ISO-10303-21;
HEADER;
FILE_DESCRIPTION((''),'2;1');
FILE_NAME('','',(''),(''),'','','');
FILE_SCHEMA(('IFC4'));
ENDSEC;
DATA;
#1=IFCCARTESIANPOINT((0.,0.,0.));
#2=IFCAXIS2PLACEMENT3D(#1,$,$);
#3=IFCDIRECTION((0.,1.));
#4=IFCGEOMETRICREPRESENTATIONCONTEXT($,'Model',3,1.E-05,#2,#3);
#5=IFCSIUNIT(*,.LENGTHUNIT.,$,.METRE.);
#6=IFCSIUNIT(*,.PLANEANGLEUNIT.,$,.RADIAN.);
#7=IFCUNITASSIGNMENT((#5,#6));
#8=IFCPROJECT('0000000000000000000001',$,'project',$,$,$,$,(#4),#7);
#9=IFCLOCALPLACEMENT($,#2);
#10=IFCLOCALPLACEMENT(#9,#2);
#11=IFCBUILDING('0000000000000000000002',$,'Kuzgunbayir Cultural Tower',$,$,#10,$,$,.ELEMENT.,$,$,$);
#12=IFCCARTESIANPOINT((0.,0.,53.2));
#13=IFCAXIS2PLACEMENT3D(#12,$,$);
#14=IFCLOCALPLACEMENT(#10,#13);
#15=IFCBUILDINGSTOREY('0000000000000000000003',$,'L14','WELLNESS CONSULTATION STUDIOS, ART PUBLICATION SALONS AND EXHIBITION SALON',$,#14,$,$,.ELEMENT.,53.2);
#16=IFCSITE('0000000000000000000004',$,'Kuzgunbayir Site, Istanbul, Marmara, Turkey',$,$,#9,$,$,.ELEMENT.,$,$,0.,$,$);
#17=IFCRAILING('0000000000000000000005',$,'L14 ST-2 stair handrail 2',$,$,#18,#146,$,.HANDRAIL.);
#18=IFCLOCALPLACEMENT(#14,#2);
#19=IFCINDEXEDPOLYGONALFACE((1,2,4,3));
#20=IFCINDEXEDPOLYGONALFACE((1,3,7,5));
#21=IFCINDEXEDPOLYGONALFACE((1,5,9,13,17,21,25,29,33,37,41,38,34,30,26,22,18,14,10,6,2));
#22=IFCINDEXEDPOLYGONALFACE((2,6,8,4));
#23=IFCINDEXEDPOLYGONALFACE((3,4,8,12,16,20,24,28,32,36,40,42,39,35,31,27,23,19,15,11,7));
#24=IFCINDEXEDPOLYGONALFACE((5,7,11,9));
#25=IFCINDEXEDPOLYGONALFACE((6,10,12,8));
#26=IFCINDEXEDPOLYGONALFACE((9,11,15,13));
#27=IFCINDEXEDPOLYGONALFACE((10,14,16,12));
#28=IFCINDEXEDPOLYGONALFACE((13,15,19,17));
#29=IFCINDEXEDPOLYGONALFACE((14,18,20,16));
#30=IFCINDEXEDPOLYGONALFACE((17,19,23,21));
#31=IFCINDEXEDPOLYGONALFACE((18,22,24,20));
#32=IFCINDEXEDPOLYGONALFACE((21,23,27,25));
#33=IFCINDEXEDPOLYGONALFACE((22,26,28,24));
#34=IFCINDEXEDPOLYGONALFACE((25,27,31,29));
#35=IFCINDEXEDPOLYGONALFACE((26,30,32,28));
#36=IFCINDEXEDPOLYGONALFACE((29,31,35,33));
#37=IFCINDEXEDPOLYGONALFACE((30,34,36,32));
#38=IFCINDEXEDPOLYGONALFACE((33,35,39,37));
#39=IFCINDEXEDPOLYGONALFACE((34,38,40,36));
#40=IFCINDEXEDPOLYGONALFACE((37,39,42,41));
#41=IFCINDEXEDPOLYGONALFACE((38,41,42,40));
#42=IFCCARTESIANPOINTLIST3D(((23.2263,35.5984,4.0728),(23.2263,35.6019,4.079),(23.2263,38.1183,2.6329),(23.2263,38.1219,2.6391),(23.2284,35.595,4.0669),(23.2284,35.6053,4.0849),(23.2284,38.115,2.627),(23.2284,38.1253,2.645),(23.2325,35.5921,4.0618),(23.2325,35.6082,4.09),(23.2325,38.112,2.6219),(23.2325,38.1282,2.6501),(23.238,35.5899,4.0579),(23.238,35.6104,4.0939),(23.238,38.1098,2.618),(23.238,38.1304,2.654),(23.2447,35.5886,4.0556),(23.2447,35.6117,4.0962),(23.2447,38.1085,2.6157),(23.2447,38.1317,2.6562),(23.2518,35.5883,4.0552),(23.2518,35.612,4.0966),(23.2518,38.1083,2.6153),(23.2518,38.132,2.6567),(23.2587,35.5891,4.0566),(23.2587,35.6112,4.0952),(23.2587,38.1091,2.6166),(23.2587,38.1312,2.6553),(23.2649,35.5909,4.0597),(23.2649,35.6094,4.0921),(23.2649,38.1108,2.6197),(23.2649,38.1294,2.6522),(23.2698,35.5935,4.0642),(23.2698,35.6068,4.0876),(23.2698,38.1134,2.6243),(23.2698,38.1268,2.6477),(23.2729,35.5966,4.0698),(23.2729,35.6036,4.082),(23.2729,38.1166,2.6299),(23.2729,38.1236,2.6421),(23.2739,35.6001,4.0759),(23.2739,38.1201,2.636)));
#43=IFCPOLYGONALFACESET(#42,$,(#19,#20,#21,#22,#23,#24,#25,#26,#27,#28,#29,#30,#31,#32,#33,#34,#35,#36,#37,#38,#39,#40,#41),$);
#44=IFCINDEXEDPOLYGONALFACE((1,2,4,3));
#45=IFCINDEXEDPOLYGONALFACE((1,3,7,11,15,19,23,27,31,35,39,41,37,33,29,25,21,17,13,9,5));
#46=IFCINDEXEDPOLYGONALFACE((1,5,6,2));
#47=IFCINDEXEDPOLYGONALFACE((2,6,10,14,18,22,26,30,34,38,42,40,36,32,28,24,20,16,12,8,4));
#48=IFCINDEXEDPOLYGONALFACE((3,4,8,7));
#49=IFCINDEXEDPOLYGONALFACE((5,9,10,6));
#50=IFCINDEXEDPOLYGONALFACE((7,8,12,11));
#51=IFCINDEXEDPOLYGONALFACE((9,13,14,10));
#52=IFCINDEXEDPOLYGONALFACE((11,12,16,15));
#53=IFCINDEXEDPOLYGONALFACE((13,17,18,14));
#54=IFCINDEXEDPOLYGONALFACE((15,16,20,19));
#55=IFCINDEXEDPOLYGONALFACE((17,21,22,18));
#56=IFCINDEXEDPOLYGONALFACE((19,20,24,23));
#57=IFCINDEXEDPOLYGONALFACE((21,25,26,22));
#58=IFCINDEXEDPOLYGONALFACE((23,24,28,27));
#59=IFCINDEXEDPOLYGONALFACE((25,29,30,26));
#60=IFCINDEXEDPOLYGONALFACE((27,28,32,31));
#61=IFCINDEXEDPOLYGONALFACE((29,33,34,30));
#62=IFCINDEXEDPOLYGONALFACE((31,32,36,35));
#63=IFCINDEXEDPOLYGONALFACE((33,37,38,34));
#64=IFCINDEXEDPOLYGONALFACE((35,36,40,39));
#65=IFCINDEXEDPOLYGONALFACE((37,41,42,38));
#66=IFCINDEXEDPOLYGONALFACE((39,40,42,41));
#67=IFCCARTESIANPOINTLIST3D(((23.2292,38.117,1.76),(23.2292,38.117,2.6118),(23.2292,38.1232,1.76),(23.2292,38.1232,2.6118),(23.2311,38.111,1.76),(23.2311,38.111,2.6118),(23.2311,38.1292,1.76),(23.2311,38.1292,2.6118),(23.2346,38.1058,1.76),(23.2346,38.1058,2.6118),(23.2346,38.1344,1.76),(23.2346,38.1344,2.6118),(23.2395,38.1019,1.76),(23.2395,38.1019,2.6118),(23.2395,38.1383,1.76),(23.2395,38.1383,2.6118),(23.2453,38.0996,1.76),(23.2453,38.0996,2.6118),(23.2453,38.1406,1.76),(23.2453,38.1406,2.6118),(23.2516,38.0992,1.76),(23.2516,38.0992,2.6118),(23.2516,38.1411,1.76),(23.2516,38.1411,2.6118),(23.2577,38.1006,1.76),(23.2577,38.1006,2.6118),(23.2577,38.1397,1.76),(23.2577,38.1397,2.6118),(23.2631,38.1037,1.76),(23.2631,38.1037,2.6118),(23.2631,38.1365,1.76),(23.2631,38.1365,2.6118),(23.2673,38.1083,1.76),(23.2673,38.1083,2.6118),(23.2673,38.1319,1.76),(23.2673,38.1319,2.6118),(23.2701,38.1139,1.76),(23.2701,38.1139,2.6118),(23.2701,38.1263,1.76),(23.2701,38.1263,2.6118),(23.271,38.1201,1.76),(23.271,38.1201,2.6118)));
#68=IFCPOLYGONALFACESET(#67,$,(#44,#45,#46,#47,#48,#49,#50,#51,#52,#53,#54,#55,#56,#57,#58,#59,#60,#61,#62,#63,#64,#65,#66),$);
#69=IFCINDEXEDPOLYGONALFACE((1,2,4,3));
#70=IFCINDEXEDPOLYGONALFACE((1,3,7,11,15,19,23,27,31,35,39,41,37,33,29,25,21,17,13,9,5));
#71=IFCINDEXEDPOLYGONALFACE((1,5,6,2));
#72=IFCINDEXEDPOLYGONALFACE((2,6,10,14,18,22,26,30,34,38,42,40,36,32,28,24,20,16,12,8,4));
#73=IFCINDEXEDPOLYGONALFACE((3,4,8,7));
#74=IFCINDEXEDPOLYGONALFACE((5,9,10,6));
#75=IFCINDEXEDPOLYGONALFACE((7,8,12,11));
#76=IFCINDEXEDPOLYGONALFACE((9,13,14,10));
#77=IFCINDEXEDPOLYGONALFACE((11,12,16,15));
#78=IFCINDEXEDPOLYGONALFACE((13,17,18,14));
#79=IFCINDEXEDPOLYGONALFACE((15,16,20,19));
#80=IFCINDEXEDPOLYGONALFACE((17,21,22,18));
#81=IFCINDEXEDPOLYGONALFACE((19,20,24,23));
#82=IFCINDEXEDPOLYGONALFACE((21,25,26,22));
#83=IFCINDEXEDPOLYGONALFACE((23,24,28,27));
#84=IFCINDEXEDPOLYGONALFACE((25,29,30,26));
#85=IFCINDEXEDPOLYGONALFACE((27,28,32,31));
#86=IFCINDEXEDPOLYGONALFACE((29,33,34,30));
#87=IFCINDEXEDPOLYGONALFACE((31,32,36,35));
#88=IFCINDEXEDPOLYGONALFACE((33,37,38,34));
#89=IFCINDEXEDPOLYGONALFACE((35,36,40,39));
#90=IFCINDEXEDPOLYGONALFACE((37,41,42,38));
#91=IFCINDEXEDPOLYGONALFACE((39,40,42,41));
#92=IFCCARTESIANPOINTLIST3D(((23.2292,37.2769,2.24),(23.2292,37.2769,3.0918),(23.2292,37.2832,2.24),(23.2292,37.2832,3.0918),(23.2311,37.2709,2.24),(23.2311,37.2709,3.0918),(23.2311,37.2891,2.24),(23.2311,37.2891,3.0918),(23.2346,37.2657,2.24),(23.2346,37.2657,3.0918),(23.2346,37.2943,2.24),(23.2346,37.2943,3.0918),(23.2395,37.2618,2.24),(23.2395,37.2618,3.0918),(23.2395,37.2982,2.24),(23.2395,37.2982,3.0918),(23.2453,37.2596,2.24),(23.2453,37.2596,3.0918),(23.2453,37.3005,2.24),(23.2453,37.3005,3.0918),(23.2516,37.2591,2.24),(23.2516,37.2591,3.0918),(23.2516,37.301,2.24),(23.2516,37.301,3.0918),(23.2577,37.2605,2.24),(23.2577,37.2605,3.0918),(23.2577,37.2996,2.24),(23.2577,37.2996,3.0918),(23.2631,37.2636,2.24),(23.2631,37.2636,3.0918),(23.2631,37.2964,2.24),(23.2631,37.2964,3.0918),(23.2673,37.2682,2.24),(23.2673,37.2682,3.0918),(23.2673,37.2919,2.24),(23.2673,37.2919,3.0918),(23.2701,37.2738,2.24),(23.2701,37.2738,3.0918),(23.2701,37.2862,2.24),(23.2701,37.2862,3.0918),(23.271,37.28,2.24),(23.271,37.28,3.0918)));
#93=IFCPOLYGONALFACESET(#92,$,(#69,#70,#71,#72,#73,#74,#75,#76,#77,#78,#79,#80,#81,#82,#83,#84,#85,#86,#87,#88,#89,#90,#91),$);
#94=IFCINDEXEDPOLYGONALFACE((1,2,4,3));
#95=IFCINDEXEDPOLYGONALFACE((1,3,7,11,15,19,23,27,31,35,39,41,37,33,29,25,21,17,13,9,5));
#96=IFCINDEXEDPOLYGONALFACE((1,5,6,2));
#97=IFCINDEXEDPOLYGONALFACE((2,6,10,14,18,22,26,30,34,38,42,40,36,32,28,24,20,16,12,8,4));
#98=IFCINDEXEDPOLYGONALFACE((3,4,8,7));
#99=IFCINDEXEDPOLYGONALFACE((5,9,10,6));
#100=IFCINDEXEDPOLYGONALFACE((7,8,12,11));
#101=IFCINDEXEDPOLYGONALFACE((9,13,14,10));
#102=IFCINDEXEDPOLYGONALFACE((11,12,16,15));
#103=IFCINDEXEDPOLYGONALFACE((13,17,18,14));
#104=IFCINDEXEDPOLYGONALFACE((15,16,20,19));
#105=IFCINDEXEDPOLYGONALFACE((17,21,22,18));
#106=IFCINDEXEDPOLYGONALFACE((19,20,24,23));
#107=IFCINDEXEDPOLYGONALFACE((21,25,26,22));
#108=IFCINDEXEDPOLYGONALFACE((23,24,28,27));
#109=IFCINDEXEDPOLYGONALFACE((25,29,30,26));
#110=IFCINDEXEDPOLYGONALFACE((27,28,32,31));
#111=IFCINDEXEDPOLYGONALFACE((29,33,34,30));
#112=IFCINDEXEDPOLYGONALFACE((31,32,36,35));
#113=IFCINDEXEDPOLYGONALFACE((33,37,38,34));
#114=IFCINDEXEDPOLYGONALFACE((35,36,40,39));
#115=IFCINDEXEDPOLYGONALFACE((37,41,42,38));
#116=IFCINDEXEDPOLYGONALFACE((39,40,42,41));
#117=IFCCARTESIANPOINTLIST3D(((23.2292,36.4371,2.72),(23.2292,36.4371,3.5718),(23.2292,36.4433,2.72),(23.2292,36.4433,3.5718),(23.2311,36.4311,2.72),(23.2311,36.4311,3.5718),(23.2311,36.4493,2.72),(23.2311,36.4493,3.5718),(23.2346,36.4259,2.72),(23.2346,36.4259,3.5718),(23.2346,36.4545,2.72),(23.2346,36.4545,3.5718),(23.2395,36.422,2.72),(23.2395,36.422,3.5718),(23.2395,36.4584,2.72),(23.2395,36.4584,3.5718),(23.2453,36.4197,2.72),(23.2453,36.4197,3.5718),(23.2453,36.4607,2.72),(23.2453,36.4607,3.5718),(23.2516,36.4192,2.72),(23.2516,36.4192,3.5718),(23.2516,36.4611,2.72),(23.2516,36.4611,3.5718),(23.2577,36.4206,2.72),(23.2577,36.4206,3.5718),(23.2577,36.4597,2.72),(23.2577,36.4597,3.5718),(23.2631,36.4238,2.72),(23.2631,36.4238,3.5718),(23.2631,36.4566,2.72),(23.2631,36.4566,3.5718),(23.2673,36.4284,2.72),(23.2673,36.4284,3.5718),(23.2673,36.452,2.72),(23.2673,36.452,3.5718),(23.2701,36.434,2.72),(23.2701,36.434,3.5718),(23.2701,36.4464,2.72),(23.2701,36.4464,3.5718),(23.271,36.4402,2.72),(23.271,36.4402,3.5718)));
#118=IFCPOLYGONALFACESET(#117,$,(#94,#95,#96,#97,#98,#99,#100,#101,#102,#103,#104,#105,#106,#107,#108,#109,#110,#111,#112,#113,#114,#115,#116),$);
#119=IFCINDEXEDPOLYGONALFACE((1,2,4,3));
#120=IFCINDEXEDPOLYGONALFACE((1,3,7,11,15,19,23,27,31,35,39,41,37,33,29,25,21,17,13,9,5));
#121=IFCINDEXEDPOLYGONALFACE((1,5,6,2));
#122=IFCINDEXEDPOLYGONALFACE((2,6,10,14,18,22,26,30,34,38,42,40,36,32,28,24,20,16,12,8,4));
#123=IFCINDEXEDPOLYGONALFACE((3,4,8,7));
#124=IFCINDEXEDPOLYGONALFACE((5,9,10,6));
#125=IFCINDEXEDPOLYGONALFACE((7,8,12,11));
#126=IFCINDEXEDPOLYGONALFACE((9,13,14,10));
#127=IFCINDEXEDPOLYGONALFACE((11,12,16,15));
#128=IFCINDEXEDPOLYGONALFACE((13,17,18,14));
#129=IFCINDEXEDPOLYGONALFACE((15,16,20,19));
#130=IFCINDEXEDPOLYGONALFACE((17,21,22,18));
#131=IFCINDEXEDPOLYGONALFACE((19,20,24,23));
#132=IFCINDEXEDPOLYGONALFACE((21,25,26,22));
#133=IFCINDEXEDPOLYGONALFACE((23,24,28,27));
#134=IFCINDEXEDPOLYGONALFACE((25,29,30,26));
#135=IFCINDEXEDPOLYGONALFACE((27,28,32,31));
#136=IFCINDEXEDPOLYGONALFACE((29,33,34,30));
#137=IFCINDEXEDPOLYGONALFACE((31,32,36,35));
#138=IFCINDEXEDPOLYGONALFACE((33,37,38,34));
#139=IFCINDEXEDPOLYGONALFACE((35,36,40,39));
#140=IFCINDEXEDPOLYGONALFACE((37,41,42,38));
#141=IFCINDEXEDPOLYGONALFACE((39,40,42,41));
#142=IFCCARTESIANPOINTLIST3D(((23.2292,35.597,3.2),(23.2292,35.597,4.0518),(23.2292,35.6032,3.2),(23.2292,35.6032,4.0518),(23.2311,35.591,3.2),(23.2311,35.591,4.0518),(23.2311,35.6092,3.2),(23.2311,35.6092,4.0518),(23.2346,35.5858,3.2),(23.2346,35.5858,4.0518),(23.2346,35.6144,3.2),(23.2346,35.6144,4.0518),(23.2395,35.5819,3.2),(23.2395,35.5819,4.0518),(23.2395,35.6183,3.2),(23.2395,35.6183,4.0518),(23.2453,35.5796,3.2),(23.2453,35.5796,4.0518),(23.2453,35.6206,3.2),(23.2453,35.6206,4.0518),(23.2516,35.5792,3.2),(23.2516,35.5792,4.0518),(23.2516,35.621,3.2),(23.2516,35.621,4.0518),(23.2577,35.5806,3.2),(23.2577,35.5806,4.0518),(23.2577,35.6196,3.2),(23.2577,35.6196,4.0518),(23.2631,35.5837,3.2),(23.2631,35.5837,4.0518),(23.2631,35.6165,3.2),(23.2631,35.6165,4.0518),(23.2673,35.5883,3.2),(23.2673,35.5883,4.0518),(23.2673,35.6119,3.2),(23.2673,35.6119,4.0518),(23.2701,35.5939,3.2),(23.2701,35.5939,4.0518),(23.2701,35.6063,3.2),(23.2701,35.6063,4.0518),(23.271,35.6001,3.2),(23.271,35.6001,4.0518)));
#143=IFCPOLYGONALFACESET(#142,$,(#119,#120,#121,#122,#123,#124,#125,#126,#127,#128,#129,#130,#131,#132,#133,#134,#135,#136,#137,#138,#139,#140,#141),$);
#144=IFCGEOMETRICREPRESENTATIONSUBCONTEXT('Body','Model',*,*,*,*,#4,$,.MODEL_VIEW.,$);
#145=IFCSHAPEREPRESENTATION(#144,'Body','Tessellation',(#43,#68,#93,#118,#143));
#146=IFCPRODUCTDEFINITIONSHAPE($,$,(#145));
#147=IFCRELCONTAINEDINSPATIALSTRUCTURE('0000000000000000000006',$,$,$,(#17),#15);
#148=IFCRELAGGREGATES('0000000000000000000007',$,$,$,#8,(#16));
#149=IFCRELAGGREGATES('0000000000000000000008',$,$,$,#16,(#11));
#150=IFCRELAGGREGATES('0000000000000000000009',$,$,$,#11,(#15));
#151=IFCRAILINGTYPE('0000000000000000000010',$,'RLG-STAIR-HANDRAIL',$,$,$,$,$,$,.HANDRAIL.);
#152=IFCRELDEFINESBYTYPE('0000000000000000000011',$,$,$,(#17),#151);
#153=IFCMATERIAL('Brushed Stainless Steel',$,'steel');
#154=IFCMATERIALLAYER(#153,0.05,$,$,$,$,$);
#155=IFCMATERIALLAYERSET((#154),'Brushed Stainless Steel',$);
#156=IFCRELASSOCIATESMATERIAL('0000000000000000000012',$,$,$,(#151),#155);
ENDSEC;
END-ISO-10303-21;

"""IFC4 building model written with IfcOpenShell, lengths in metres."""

from ifc_helpers import new_model, si_unit, direction, frame, origin, origin_2d, place, context, subcontext, project, spatial, circle, extrude, material, layer, layer_set, type_object, element, save


model = new_model("IFC4")

# Units and contexts
model_context = context("Model", 3, precision=1e-05, world=origin(), true_north=direction((0.0, 1.0)))
body_context = subcontext(model_context, "Body", "Model", "MODEL_VIEW")
ifc_project = project(units=[si_unit("LENGTHUNIT", "METRE"), si_unit("PLANEANGLEUNIT", "RADIAN")], contexts=[model_context])

# Site, building, storey
site_placement = place(None, origin())
site = spatial("IfcSite", under=ifc_project, at=site_placement, Name="Kuzgunbayir Site, Istanbul, Marmara, Turkey", CompositionType="ELEMENT", RefElevation=0.0)
building_placement = place(site_placement, origin())
building = spatial("IfcBuilding", under=site, at=building_placement, Name="Kuzgunbayir Cultural Tower", CompositionType="ELEMENT")
storey_placement = place(building_placement, frame((0.0, 0.0, 53.2)))
storey = spatial("IfcBuildingStorey", under=building, at=storey_placement, Name="L14", Description="WELLNESS CONSULTATION STUDIOS, ART PUBLICATION SALONS AND EXHIBITION SALON", CompositionType="ELEMENT", Elevation=53.2)

# Shared definitions
ifc_material_1 = material(Name="Brushed Stainless Steel", Category="steel")

# Railing
ifc_layer_1 = layer(ifc_material_1, 0.05)
ifc_layer_set_1 = layer_set([ifc_layer_1], Name="Brushed Stainless Steel")
railing_type_1 = type_object("IfcRailingType", Name="RLG-STAIR-HANDRAIL", PredefinedType="HANDRAIL", material=ifc_layer_set_1)
railing_1_placement = place(storey_placement, frame((23.25, 38.1201, 1.76)))
element("IfcRailing", 1, at=railing_1_placement, inside=storey, type_object=railing_type_1, Name="L14 ST-2 stair handrail 2", PredefinedType="HANDRAIL", context=body_context, shape_type="SweptSolid", body=[
    extrude(circle(Radius=0.0239, at=origin_2d()), frame((0.0, 0.0, 0.876), z_axis=(0.0, -0.868253, 0.496121), x_axis=(1.0, 0.0, 0.0)), (0.0, 0.0, 1.0), 2.9023),
    extrude(circle(Radius=0.021, at=origin_2d()), origin(), (0.0, 0.0, 1.0), 0.8518),
    extrude(circle(Radius=0.021, at=origin_2d()), frame((0.0, -0.8401, 0.48)), (0.0, 0.0, 1.0), 0.8518),
    extrude(circle(Radius=0.021, at=origin_2d()), frame((0.0, -1.6799, 0.96)), (0.0, 0.0, 1.0), 0.8518),
    extrude(circle(Radius=0.021, at=origin_2d()), frame((0.0, -2.52, 1.4399)), (0.0, 0.0, 1.0), 0.8518),
])

save(model, "model.ifc")
